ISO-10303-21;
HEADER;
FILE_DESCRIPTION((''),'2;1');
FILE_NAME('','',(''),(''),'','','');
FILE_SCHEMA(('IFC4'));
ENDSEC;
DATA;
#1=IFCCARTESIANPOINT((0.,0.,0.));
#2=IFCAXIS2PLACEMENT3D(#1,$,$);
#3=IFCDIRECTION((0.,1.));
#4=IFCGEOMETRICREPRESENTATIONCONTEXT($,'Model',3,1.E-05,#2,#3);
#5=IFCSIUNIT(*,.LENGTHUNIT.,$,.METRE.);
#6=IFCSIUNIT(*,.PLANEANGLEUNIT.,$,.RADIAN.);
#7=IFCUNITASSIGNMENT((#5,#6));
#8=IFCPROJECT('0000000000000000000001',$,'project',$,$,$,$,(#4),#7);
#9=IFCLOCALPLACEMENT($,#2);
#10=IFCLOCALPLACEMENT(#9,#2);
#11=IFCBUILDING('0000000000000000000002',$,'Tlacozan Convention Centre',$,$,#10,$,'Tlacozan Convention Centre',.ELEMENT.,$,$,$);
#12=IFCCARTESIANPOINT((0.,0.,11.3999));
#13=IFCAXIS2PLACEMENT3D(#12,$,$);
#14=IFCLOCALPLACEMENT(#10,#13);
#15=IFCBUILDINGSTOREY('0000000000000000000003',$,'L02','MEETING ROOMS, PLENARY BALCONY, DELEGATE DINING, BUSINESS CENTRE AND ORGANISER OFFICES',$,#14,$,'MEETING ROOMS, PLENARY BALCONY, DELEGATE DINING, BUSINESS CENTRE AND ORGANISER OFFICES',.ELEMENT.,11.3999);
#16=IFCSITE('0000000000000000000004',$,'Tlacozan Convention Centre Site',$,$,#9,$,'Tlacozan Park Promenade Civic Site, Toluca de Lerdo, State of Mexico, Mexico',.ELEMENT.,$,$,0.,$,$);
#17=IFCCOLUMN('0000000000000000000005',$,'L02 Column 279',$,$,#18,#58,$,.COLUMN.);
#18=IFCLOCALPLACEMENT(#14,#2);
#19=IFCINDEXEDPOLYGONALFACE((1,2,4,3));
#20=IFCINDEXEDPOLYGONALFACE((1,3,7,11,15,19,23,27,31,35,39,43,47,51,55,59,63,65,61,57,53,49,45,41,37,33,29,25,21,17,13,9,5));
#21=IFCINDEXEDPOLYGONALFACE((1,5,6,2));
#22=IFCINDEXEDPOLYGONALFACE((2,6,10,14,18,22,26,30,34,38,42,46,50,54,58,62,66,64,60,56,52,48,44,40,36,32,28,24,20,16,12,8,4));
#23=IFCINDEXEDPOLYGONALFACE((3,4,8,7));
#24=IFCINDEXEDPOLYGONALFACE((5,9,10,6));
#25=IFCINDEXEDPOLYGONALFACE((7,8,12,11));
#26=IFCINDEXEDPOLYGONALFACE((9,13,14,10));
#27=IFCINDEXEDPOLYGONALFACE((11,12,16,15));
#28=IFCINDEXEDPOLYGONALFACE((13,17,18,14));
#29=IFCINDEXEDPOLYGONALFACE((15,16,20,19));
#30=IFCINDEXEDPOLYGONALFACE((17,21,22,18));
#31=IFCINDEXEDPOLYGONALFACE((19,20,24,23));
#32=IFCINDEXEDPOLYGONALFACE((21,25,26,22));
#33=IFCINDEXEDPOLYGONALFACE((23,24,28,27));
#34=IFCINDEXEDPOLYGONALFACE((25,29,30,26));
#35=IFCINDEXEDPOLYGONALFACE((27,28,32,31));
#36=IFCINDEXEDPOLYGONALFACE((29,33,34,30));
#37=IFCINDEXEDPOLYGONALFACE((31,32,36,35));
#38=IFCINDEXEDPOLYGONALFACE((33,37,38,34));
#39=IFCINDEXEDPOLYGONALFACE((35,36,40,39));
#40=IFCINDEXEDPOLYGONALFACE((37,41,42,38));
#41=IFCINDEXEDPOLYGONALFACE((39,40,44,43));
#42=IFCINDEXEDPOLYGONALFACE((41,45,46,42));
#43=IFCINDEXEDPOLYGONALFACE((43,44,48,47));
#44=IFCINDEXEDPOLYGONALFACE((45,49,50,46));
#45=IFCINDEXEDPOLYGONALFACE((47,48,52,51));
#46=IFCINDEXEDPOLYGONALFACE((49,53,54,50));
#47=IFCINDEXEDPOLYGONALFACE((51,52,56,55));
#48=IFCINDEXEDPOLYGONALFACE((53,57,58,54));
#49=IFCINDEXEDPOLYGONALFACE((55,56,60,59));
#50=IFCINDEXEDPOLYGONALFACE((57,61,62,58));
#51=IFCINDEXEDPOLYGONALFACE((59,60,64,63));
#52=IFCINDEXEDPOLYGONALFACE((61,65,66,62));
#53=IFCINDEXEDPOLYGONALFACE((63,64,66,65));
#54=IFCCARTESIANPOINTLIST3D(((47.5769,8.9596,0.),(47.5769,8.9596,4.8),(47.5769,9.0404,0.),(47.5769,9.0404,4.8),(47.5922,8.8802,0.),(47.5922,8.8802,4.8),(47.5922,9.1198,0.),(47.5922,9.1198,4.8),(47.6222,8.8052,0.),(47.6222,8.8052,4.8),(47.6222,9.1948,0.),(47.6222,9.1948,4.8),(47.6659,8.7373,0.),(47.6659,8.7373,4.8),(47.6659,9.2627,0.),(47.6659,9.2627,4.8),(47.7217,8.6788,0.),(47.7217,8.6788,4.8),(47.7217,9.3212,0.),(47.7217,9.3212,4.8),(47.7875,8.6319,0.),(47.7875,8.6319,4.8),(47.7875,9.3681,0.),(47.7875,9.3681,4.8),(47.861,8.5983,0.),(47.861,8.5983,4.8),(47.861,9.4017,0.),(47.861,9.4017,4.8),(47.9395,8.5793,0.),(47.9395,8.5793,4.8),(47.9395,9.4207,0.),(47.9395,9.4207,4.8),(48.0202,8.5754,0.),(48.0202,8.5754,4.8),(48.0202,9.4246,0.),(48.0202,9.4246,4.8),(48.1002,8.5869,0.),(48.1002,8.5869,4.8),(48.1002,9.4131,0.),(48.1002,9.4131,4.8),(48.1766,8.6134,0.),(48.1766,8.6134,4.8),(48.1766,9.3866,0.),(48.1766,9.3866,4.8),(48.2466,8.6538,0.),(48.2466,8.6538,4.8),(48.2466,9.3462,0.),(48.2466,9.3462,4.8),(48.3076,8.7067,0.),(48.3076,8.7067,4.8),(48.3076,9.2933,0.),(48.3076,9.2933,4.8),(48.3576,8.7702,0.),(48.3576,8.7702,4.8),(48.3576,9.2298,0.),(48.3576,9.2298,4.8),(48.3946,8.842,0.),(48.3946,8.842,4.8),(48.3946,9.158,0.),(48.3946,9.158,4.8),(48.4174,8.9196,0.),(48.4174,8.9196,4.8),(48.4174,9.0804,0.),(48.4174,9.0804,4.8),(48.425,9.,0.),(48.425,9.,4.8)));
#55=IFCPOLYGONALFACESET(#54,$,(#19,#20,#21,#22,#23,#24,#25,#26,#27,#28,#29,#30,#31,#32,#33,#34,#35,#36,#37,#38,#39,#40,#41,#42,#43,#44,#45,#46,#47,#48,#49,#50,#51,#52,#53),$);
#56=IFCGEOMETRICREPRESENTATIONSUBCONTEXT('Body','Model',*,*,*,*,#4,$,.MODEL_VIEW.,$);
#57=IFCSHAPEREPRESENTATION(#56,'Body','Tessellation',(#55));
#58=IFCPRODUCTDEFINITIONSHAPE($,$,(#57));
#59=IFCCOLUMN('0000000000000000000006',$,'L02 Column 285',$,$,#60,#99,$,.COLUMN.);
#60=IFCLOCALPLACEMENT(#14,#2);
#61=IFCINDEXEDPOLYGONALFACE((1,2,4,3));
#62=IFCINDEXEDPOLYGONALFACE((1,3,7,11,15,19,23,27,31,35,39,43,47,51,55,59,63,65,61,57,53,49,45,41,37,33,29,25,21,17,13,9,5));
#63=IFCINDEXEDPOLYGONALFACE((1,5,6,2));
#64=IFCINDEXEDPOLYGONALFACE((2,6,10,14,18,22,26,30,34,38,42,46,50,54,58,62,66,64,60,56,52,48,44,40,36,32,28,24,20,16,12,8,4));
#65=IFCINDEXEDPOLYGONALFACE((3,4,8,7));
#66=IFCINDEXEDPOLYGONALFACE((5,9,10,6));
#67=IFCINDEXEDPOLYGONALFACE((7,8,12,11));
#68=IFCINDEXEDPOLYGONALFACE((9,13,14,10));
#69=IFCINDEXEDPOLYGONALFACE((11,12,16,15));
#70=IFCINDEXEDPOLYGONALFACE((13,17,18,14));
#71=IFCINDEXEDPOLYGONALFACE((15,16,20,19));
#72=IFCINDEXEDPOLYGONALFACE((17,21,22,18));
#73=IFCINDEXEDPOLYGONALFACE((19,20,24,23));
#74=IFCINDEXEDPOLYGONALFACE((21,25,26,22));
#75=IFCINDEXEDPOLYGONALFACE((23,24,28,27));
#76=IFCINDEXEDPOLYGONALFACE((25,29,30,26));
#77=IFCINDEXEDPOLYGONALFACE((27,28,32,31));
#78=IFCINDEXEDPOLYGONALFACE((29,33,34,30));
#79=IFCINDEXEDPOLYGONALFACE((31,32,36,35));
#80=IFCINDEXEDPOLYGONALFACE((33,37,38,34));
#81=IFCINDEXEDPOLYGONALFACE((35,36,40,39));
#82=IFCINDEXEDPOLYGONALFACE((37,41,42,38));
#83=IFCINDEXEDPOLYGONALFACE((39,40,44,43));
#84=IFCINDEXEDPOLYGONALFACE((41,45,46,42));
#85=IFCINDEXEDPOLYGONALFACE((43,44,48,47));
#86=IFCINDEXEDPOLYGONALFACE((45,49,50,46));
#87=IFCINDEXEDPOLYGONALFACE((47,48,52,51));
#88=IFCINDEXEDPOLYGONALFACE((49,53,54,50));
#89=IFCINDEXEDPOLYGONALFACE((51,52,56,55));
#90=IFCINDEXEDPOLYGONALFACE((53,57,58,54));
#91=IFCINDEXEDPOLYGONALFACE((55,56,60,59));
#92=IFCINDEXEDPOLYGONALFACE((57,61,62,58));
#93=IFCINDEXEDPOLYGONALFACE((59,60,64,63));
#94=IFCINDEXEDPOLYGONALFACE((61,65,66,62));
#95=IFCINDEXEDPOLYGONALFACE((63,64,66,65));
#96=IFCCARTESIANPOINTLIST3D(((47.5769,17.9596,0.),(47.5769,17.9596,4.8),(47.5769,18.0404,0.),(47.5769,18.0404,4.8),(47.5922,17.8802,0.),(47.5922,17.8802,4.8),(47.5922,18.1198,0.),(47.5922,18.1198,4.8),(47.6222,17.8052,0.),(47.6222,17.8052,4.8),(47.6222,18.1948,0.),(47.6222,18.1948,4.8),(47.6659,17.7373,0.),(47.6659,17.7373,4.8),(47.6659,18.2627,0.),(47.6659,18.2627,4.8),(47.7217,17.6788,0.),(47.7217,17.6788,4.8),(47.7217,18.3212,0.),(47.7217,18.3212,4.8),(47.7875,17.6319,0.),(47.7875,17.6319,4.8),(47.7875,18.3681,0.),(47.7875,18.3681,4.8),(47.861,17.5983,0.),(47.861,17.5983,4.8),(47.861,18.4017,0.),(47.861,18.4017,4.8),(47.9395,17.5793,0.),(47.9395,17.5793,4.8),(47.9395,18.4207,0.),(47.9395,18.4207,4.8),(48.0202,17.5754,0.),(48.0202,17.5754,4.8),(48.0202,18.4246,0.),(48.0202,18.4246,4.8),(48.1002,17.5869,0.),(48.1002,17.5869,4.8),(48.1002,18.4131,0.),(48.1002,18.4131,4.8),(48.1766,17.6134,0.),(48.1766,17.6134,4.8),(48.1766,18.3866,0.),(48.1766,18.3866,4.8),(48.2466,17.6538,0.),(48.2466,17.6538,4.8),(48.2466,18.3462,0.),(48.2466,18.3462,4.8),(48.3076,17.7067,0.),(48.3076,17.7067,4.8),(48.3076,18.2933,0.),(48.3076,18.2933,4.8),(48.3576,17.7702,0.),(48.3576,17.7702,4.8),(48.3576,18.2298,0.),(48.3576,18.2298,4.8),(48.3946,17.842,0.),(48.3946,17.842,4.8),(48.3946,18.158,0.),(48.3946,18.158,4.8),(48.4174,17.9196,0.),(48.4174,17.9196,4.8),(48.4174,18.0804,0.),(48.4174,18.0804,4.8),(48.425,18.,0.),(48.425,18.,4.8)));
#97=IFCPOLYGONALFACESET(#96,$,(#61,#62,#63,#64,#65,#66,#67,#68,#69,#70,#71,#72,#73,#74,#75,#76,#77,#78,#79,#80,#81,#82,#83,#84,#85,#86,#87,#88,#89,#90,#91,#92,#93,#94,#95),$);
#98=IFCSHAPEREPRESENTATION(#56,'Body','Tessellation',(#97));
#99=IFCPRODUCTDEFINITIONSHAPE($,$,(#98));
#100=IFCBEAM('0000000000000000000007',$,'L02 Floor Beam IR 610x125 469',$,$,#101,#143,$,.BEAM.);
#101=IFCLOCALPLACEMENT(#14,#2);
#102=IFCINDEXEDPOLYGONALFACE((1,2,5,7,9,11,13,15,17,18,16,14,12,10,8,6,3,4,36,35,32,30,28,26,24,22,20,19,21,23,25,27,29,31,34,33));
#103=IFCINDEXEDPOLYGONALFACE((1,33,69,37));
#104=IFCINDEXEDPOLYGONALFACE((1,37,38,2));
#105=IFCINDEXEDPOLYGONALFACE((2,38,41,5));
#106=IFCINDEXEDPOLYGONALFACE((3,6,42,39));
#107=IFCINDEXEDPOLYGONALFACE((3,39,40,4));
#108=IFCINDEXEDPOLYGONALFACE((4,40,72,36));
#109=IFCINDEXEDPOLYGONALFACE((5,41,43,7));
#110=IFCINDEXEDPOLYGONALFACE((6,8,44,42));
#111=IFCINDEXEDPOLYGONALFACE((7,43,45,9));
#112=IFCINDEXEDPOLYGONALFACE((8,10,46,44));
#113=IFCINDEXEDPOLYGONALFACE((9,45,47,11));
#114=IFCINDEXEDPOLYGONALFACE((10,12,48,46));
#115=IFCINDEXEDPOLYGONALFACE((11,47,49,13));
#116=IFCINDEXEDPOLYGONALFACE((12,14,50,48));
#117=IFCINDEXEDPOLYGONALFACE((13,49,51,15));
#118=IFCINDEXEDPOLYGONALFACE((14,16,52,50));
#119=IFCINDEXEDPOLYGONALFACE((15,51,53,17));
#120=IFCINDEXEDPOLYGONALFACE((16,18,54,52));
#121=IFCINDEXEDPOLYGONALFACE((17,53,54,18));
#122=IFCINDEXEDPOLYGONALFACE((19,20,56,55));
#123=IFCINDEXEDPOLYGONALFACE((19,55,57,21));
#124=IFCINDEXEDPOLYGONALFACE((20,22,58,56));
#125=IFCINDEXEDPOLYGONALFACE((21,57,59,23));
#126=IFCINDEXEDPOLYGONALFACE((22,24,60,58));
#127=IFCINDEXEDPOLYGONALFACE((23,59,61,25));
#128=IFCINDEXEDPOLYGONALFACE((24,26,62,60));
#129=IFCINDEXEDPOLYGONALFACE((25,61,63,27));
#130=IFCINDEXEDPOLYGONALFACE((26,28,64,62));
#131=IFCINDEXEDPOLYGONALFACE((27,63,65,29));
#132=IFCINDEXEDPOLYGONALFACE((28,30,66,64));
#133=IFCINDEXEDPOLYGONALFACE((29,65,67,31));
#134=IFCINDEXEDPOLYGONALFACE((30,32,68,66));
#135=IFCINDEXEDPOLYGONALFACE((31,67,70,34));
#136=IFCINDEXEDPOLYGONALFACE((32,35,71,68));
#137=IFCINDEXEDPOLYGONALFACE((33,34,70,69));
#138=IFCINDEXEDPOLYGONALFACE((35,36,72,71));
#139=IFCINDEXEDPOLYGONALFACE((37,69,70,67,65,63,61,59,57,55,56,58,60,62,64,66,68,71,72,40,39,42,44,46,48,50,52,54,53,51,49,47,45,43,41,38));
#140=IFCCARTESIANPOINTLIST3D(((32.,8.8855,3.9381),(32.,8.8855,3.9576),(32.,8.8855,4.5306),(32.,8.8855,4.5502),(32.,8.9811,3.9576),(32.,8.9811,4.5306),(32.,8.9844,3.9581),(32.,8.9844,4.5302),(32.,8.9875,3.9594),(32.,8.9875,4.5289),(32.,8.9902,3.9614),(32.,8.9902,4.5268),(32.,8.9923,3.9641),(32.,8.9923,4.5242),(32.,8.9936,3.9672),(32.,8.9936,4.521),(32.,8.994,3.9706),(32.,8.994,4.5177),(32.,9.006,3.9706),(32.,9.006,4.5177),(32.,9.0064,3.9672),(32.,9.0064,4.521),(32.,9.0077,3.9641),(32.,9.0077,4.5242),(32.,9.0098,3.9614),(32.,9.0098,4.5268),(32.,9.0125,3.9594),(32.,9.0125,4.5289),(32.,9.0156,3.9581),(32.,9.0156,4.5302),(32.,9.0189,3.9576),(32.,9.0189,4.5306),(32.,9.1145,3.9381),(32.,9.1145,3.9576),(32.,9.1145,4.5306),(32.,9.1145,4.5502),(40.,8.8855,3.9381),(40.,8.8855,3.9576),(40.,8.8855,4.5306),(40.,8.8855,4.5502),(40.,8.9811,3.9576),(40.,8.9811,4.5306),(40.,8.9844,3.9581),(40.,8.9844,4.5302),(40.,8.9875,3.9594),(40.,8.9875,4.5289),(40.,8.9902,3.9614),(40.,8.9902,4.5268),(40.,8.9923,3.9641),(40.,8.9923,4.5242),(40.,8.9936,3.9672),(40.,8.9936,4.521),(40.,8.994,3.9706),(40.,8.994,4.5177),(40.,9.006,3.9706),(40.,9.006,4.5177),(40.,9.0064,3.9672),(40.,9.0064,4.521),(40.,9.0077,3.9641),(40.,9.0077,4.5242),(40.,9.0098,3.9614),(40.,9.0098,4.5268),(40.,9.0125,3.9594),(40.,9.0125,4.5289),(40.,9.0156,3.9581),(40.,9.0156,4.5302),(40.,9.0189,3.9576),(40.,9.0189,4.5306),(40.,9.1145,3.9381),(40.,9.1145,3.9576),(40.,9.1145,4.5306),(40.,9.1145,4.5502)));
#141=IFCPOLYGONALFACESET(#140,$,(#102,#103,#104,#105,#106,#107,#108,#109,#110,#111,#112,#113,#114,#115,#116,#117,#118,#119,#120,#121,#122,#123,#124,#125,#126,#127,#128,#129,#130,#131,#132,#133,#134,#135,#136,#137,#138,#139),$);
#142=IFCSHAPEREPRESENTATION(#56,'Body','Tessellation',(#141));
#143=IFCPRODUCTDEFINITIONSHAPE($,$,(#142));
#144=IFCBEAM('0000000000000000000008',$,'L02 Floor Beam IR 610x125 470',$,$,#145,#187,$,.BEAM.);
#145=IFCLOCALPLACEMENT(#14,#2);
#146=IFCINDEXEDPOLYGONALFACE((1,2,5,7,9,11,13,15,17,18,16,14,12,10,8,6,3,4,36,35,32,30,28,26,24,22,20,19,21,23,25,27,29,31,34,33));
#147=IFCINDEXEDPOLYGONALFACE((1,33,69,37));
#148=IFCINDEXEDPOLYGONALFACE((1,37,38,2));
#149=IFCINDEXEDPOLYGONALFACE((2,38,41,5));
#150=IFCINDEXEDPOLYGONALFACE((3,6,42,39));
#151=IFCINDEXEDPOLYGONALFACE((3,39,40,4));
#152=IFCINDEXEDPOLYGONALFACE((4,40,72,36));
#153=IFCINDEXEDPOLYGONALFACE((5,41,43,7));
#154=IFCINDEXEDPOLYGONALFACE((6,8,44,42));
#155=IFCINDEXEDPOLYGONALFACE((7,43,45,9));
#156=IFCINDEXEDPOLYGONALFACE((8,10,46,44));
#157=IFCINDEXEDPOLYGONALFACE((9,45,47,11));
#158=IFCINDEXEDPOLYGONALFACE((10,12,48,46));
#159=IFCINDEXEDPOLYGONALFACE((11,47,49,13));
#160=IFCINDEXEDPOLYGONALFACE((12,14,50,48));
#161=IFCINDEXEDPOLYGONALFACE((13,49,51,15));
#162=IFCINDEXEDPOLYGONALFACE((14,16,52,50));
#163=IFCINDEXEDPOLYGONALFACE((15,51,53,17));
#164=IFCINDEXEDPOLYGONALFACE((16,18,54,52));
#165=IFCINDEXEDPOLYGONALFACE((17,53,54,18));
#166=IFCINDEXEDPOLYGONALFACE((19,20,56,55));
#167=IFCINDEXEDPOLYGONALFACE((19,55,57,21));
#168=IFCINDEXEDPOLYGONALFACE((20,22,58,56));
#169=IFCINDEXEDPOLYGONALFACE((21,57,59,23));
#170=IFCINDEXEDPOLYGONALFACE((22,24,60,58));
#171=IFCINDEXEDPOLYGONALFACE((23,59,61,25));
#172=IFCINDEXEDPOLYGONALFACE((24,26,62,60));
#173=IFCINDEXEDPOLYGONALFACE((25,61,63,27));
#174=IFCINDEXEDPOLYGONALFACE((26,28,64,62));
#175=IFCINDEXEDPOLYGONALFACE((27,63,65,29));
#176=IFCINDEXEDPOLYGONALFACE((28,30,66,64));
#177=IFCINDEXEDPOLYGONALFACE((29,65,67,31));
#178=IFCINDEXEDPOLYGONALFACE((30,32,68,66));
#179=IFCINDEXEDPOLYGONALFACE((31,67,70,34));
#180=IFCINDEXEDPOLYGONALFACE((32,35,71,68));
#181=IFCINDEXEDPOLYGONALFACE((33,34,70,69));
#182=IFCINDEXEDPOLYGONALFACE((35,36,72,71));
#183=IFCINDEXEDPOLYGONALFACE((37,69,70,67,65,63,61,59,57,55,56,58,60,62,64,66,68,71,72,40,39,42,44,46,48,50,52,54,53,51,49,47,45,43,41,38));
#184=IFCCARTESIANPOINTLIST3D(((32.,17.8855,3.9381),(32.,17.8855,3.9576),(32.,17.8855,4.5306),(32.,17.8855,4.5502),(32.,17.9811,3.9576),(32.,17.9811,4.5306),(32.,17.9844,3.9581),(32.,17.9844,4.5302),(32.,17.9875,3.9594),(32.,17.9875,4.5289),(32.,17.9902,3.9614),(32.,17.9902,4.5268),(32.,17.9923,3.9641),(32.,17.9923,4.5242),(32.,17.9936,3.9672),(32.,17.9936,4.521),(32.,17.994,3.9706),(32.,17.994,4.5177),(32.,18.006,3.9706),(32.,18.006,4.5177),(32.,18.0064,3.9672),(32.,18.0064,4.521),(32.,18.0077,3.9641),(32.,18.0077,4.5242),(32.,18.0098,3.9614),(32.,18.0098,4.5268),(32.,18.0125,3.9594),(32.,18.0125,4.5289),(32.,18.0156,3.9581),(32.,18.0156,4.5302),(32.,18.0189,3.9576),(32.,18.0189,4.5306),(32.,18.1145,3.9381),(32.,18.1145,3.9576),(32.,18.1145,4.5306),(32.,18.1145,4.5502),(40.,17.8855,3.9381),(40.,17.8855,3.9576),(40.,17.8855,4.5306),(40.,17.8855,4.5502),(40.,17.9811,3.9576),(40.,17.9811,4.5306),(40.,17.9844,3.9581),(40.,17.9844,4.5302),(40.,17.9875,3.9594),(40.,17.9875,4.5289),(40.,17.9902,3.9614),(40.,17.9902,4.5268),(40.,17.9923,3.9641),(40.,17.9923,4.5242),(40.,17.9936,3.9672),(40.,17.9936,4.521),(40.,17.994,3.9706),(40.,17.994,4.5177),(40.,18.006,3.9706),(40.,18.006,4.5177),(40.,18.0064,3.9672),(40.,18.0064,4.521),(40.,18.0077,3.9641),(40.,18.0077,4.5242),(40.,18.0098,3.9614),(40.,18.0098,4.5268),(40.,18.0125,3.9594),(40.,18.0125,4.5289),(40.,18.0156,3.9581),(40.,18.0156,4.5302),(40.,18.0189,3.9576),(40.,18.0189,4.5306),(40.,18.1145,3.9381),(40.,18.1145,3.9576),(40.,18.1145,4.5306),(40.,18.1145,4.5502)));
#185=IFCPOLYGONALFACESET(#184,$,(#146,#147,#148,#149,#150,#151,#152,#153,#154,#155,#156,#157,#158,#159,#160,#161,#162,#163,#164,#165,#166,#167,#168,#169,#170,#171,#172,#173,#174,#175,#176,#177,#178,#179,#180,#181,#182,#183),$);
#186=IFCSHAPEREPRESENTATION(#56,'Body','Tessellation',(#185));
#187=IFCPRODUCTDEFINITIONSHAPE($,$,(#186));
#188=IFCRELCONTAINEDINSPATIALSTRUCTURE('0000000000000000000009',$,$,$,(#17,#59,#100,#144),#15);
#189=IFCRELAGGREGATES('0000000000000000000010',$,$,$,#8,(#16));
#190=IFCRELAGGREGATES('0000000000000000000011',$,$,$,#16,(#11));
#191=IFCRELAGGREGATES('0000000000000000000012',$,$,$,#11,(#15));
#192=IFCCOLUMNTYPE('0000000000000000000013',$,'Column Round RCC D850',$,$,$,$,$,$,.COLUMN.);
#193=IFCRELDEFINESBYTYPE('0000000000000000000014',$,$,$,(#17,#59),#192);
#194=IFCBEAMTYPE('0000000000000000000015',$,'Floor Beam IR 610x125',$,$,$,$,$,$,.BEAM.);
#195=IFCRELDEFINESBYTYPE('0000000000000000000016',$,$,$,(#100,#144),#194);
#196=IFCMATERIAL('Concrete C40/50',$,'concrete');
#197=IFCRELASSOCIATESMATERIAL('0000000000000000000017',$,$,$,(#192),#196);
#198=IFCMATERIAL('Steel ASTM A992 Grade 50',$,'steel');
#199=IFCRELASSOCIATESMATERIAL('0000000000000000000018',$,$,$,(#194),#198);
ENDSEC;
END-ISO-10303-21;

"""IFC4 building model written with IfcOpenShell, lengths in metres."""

from ifc_helpers import new_model, si_unit, direction, frame, origin, origin_2d, place, context, subcontext, project, spatial, circle, i_section, extrude, material, material_profile, profile_set, type_object, element, save


model = new_model("IFC4")

# Units and contexts
model_context = context("Model", 3, precision=1e-05, world=origin(), true_north=direction((0.0, 1.0)))
body_context = subcontext(model_context, "Body", "Model", "MODEL_VIEW")
ifc_project = project(units=[si_unit("LENGTHUNIT", "METRE"), si_unit("PLANEANGLEUNIT", "RADIAN")], contexts=[model_context])

# Site, building, storey
site_placement = place(None, origin())
site = spatial("IfcSite", under=ifc_project, at=site_placement, Name="Tlacozan Convention Centre Site", LongName="Tlacozan Park Promenade Civic Site, Toluca de Lerdo, State of Mexico, Mexico", CompositionType="ELEMENT", RefElevation=0.0)
building_placement = place(site_placement, origin())
building = spatial("IfcBuilding", under=site, at=building_placement, Name="Tlacozan Convention Centre", LongName="Tlacozan Convention Centre", CompositionType="ELEMENT")
storey_placement = place(building_placement, frame((0.0, 0.0, 11.3999)))
storey = spatial("IfcBuildingStorey", under=building, at=storey_placement, Name="L02", Description="MEETING ROOMS, PLENARY BALCONY, DELEGATE DINING, BUSINESS CENTRE AND ORGANISER OFFICES", LongName="MEETING ROOMS, PLENARY BALCONY, DELEGATE DINING, BUSINESS CENTRE AND ORGANISER OFFICES", CompositionType="ELEMENT", Elevation=11.3999)

# Columns
ifc_material_1 = material(Name="Concrete C40/50", Category="concrete")
ifc_material_profile_1 = material_profile(ifc_material_1, circle(Radius=0.425, at=origin_2d()), Name="RCC D850")
ifc_profile_set_1 = profile_set([ifc_material_profile_1], Name="Concrete C40/50")
column_type = type_object("IfcColumnType", Name="Column Round RCC D850", PredefinedType="COLUMN", material=ifc_profile_set_1)
for number, where, z_axis, x_axis, name in (
    (1, (48.0, 9.0, 0.0), (0.0, 0.0, 1.0), (1.0, 0.0, 0.0), "L02 Column 279"),
    (2, (48.0, 18.0, 0.0), (0.0, 0.0, 1.0), (1.0, 0.0, 0.0), "L02 Column 285"),
):
    element("IfcColumn", number, at=place(storey_placement, frame(where, z_axis=z_axis, x_axis=x_axis)), inside=storey, type_object=column_type, Name=name, PredefinedType="COLUMN", context=body_context, shape_type="SweptSolid", body=[
        extrude(circle(Radius=0.425, at=origin_2d()), origin(), (0.0, 0.0, 1.0), 4.8),
    ])

# Beams
ifc_material_2 = material(Name="Steel ASTM A992 Grade 50", Category="steel")
ifc_material_profile_2 = material_profile(ifc_material_2, i_section(OverallWidth=0.229, OverallDepth=0.6121, WebThickness=0.012, FlangeThickness=0.0195, FilletRadius=0.0129, at=origin_2d()), Name="IR 610x125.0")
ifc_profile_set_2 = profile_set([ifc_material_profile_2], Name="Steel ASTM A992 Grade 50")
beam_type_1 = type_object("IfcBeamType", Name="Floor Beam IR 610x125", PredefinedType="BEAM", material=ifc_profile_set_2)
for number, where, z_axis, x_axis, name in (
    (3, (32.0, 9.0, 4.2441), (1.0, 0.0, 0.0), (0.0, 1.0, 0.0), "L02 Floor Beam IR 610x125 469"),
    (4, (32.0, 18.0, 4.2441), (1.0, 0.0, 0.0), (0.0, 1.0, 0.0), "L02 Floor Beam IR 610x125 470"),
):
    element("IfcBeam", number, at=place(storey_placement, frame(where, z_axis=z_axis, x_axis=x_axis)), inside=storey, type_object=beam_type_1, Name=name, PredefinedType="BEAM", context=body_context, shape_type="SweptSolid", body=[
        extrude(i_section(OverallWidth=0.229, OverallDepth=0.6121, WebThickness=0.012, FlangeThickness=0.0195, FilletRadius=0.0129, at=origin_2d()), origin(), (0.0, 0.0, 1.0), 8.0),
    ])

save(model, "model.ifc")
